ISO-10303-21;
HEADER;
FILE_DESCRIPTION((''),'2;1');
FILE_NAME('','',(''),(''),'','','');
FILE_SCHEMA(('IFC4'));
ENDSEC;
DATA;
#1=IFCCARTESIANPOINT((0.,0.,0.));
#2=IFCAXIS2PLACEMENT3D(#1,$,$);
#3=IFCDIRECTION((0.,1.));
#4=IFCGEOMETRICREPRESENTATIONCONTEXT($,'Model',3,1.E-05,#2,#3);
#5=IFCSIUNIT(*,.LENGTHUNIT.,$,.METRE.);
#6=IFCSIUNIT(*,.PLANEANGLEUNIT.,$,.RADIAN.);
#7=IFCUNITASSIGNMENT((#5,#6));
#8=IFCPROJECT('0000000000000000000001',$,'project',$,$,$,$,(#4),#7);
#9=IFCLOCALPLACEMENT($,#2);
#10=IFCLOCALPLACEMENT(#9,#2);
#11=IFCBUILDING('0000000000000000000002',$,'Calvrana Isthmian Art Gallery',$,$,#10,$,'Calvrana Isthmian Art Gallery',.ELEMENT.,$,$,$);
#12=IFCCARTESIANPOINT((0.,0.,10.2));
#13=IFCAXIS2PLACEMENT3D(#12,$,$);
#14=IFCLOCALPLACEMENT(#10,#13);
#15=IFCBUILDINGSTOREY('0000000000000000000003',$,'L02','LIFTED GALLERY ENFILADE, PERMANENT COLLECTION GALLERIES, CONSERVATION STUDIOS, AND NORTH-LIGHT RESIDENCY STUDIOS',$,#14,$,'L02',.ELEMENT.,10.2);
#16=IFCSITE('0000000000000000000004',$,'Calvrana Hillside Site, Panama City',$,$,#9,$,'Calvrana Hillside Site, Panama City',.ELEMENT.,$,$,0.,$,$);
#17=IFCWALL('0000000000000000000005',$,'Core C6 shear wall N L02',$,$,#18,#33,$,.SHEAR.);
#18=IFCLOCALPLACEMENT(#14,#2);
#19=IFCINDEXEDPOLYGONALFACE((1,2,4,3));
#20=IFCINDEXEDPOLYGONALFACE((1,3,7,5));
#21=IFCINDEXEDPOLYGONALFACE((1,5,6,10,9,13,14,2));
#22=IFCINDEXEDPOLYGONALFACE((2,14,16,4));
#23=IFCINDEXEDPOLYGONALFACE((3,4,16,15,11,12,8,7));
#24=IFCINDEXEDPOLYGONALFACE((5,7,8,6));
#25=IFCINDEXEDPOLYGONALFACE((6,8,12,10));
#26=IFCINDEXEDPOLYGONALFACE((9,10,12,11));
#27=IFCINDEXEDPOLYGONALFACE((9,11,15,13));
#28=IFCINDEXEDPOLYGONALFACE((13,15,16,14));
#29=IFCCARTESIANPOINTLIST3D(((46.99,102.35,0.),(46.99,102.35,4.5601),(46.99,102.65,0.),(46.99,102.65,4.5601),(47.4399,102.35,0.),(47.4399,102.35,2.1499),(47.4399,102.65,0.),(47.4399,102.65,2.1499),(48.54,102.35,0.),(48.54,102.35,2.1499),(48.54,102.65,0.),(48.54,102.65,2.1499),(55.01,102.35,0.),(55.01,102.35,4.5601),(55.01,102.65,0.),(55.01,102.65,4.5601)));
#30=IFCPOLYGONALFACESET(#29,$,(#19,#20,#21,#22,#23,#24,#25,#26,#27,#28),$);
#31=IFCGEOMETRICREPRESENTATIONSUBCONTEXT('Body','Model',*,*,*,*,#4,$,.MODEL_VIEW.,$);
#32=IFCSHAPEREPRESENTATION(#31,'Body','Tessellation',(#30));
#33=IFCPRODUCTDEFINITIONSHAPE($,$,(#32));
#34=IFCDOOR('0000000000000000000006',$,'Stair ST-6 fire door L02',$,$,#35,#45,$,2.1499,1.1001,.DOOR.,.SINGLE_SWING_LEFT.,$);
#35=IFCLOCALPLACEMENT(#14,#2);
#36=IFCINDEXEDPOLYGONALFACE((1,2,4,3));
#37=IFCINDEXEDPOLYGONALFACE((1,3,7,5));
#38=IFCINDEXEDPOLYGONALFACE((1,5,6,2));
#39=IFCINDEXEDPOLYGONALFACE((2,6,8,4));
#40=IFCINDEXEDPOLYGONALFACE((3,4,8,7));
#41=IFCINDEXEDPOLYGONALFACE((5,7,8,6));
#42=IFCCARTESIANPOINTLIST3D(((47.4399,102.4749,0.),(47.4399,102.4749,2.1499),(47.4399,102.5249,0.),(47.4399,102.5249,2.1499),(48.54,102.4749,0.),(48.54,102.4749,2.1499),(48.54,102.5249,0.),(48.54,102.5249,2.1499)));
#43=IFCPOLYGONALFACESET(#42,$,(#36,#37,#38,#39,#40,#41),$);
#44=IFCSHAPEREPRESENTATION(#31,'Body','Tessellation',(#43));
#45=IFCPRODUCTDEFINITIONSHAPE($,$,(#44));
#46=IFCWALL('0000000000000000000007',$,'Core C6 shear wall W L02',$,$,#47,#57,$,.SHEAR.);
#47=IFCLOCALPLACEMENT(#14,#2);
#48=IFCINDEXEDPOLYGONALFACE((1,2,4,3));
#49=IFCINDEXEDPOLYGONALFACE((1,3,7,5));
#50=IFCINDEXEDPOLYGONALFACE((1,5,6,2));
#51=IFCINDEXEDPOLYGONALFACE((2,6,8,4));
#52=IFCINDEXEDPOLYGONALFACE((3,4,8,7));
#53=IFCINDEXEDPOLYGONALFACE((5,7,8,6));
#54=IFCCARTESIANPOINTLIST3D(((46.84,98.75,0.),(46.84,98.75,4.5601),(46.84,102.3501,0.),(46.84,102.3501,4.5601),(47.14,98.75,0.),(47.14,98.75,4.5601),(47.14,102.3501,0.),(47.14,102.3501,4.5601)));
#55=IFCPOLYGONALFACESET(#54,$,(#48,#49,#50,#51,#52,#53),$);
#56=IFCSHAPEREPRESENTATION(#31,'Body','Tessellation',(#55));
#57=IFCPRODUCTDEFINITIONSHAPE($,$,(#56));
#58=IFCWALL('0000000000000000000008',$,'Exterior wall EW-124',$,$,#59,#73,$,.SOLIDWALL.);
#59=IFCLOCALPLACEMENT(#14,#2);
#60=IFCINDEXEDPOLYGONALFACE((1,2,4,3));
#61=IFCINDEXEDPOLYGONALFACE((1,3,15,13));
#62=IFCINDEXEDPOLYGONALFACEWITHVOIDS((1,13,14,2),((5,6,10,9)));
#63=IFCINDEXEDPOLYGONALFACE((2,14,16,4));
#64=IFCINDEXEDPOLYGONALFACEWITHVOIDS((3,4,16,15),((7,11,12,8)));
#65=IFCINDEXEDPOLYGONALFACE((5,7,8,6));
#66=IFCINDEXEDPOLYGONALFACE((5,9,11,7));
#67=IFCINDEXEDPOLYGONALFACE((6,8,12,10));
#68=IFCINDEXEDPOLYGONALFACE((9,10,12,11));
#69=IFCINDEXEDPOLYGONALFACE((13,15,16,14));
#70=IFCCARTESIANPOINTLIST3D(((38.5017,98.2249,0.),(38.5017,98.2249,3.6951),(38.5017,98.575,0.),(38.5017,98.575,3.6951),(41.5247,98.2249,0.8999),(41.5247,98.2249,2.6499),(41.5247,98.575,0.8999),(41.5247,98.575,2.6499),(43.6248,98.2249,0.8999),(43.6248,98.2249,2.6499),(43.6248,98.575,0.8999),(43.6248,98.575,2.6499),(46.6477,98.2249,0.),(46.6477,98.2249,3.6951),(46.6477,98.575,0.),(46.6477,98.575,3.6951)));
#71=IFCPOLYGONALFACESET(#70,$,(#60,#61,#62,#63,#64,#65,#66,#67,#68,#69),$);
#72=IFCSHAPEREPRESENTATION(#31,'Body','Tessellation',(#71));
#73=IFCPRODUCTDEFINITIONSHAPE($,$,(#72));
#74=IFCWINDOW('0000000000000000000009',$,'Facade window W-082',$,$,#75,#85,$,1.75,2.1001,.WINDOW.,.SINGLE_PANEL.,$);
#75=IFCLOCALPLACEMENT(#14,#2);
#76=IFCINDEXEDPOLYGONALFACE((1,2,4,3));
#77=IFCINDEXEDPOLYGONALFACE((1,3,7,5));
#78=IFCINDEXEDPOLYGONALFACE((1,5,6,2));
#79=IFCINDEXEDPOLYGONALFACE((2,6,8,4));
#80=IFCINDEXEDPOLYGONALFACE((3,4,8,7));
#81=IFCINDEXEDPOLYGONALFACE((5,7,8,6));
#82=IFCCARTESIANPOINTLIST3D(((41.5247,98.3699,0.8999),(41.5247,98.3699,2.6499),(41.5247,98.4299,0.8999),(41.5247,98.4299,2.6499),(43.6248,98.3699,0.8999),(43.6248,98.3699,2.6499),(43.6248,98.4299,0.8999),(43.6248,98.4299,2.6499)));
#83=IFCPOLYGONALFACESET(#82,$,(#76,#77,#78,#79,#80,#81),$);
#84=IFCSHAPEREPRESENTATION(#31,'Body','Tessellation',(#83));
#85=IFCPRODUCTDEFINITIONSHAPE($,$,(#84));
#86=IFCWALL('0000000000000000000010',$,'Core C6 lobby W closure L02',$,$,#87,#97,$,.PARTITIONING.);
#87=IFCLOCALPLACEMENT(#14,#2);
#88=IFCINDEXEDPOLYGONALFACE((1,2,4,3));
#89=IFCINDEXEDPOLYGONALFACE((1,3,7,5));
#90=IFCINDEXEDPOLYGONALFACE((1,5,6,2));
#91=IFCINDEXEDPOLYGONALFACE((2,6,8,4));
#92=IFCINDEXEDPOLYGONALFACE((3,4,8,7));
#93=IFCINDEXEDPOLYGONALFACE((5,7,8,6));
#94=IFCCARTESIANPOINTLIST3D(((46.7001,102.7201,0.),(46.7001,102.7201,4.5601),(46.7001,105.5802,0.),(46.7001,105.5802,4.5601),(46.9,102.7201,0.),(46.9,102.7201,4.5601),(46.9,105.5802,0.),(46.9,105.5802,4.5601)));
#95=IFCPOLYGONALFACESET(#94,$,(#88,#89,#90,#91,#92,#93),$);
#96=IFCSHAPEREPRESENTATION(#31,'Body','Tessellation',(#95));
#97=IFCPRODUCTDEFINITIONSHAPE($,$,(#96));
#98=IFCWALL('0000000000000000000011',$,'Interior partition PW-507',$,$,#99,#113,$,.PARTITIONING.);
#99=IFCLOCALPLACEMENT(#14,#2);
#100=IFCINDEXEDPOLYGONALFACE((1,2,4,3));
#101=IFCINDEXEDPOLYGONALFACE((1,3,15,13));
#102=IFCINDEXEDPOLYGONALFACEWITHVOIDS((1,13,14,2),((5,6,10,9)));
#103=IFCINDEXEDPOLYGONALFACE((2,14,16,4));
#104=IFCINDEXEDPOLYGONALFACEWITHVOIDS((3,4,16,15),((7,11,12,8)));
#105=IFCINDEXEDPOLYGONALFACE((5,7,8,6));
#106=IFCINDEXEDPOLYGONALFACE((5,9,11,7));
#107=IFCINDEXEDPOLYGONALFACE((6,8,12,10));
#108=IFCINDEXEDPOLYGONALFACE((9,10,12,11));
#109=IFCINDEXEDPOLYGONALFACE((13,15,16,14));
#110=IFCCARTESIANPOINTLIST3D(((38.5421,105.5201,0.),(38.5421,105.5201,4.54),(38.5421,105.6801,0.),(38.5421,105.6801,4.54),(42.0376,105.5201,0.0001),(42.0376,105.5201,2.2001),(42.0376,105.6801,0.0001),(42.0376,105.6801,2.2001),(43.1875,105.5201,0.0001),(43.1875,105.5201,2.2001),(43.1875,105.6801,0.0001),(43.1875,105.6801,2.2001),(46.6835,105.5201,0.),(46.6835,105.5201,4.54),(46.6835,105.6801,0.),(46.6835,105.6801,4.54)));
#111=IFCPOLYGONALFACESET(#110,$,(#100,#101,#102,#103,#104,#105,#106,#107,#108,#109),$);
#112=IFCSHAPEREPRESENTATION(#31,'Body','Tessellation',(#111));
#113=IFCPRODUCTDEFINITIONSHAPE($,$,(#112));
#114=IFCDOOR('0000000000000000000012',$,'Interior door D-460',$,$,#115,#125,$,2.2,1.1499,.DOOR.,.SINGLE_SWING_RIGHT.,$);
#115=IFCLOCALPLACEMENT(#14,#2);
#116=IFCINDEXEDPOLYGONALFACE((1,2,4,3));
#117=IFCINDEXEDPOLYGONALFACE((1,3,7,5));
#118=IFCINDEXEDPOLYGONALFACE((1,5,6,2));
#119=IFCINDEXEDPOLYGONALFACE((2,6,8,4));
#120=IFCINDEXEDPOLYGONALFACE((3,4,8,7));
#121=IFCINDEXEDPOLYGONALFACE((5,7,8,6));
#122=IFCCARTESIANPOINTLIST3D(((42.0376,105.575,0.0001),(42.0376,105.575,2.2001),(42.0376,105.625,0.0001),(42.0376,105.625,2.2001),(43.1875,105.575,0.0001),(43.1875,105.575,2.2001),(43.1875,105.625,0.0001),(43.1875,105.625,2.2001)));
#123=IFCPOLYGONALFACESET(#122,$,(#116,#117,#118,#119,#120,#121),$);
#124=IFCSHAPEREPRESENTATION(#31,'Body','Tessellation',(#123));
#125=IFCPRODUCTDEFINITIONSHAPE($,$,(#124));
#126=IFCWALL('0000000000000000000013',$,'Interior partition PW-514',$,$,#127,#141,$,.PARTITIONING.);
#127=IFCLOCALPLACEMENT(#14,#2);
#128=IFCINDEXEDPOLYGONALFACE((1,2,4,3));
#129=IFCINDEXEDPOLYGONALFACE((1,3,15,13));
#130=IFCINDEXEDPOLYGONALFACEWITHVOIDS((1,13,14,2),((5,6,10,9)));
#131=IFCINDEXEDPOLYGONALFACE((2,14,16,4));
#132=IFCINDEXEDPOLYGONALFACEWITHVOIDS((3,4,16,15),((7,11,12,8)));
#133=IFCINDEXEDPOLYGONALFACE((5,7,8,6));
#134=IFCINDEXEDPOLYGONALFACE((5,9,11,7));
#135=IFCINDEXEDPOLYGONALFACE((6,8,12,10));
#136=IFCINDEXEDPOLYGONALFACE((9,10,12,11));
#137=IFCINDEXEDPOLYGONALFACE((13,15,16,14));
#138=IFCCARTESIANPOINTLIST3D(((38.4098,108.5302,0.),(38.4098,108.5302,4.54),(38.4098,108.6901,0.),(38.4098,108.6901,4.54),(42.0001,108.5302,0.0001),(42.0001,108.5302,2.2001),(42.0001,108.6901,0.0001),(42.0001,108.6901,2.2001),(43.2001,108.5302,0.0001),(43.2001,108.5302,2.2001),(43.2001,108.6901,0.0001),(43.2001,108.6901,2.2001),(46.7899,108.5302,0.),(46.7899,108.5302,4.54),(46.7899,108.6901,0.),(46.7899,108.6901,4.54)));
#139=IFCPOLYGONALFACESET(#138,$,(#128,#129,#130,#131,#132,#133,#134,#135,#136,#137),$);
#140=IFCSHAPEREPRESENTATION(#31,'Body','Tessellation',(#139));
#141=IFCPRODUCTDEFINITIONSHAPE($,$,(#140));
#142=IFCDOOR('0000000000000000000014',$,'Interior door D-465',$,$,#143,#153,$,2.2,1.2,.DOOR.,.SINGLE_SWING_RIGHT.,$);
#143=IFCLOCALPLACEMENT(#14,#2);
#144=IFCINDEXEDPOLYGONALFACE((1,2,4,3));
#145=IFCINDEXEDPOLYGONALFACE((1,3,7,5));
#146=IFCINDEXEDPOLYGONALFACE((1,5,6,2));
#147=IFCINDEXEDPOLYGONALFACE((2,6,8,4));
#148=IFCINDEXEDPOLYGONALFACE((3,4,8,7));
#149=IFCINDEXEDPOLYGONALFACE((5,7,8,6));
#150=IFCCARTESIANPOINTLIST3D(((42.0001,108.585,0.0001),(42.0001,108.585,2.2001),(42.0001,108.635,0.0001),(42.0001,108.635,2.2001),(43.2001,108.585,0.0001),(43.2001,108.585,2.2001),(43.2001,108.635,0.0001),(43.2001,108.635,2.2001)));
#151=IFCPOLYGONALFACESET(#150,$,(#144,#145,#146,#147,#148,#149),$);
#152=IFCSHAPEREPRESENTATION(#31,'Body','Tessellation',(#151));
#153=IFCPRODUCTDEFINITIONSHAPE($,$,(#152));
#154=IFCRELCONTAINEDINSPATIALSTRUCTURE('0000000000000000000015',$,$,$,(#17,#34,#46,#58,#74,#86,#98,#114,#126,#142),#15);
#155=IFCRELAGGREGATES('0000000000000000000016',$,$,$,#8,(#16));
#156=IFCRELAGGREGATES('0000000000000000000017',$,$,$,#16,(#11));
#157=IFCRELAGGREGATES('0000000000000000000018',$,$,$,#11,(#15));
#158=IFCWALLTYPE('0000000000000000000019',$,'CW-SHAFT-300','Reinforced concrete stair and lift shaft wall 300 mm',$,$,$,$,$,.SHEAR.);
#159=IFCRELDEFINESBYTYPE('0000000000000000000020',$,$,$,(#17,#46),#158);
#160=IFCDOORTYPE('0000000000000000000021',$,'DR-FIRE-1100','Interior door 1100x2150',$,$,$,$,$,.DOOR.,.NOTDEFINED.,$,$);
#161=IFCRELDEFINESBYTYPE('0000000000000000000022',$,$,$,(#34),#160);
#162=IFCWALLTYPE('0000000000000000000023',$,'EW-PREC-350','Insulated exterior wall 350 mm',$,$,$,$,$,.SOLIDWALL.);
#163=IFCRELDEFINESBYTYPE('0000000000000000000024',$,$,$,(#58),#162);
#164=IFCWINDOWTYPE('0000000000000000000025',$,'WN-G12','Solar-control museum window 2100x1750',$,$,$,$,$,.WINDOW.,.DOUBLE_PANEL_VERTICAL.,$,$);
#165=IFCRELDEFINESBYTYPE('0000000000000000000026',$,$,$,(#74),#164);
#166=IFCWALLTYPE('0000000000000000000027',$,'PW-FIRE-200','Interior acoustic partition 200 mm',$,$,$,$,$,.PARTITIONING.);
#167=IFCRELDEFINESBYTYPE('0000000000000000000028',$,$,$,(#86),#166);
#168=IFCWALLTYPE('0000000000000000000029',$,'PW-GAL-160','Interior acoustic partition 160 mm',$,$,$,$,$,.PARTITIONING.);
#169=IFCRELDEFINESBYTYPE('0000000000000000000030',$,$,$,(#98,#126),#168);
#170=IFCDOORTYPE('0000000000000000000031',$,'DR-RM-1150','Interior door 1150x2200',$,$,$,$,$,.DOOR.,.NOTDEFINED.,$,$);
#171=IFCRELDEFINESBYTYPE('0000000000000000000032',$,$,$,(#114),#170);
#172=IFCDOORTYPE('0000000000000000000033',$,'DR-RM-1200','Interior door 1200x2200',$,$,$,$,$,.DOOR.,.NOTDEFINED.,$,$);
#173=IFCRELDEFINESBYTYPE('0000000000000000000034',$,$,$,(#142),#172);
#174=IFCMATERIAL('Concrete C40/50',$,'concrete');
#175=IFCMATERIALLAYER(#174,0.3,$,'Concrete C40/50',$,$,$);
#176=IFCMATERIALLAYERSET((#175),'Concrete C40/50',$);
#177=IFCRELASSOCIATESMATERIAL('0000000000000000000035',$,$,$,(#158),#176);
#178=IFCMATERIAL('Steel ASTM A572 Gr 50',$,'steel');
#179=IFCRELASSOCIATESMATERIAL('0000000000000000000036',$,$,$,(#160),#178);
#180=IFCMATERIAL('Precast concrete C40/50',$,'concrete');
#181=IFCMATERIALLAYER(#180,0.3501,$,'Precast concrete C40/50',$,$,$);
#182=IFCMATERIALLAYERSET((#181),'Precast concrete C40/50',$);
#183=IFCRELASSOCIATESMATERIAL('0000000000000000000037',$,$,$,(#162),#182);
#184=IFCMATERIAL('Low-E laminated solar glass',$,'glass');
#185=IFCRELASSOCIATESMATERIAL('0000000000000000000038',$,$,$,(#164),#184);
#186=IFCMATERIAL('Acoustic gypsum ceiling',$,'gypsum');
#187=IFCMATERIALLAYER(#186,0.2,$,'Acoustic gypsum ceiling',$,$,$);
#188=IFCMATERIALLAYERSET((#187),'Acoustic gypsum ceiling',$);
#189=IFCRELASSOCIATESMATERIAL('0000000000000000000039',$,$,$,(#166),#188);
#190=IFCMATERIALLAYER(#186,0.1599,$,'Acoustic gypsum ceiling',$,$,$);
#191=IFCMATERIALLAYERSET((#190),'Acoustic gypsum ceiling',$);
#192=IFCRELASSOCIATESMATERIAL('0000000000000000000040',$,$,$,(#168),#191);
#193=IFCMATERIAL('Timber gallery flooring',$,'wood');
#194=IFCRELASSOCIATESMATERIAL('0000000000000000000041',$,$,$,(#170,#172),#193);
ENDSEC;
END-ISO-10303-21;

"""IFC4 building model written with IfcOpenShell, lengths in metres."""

from ifc_helpers import new_model, si_unit, direction, frame, frame_2d, origin, place, context, subcontext, project, spatial, rectangle, extrude, material, layer, layer_set, type_object, element, fill, save


model = new_model("IFC4")

# Units and contexts
model_context = context("Model", 3, precision=1e-05, world=origin(), true_north=direction((0.0, 1.0)))
body_context = subcontext(model_context, "Body", "Model", "MODEL_VIEW")
ifc_project = project(units=[si_unit("LENGTHUNIT", "METRE"), si_unit("PLANEANGLEUNIT", "RADIAN")], contexts=[model_context])

# Site, building, storey
site_placement = place(None, origin())
site = spatial("IfcSite", under=ifc_project, at=site_placement, Name="Calvrana Hillside Site, Panama City", LongName="Calvrana Hillside Site, Panama City", CompositionType="ELEMENT", RefElevation=0.0)
building_placement = place(site_placement, origin())
building = spatial("IfcBuilding", under=site, at=building_placement, Name="Calvrana Isthmian Art Gallery", LongName="Calvrana Isthmian Art Gallery", CompositionType="ELEMENT")
storey_placement = place(building_placement, frame((0.0, 0.0, 10.2)))
storey = spatial("IfcBuildingStorey", under=building, at=storey_placement, Name="L02", Description="LIFTED GALLERY ENFILADE, PERMANENT COLLECTION GALLERIES, CONSERVATION STUDIOS, AND NORTH-LIGHT RESIDENCY STUDIOS", LongName="L02", CompositionType="ELEMENT", Elevation=10.2)

# Shared definitions
ifc_material_1 = material(Name="Steel ASTM A572 Gr 50", Category="steel")

# Shared definitions
ifc_material_2 = material(Name="Concrete C40/50", Category="concrete")
ifc_layer_1 = layer(ifc_material_2, 0.3, Name="Concrete C40/50")
ifc_layer_set_1 = layer_set([ifc_layer_1], Name="Concrete C40/50")
wall_type_1 = type_object("IfcWallType", Name="CW-SHAFT-300", Description="Reinforced concrete stair and lift shaft wall 300 mm", PredefinedType="SHEAR", material=ifc_layer_set_1)

# Wall, opening, door
wall_1_placement = place(storey_placement, frame((46.99, 102.5, 0.0), z_axis=(0.0, 0.0, 1.0), x_axis=(1.0, 0.0, 0.0)))
wall_1 = element("IfcWall", 1, at=wall_1_placement, inside=storey, type_object=wall_type_1, Name="Core C6 shear wall N L02", PredefinedType="SHEAR", context=body_context, shape_type="SweptSolid", body=[
    extrude(rectangle(XDim=8.02, YDim=0.3, at=frame_2d((4.01, 0.0))), origin(), (0.0, 0.0, 1.0), 4.5601),
])
opening_1_placement = place(wall_1_placement, frame((0.45, 0.0, 0.0)))
opening_1 = element("IfcOpeningElement", 2, at=opening_1_placement, cuts=wall_1, PredefinedType="OPENING", context=body_context, shape_type="SweptSolid", body=[
    extrude(rectangle(XDim=1.1001, YDim=2.1499, at=frame_2d((0.55, 1.075))), frame((0.0, 0.1602, 0.0), z_axis=(0.0, -1.0, 0.0), x_axis=(1.0, 0.0, 0.0)), (0.0, 0.0, 1.0), 0.3206),
])
door_type_1 = type_object("IfcDoorType", Name="DR-FIRE-1100", Description="Interior door 1100x2150", OperationType="NOTDEFINED", PredefinedType="DOOR", material=ifc_material_1)
door_1_placement = place(opening_1_placement, origin())
door_1 = element("IfcDoor", 3, at=door_1_placement, inside=storey, type_object=door_type_1, Name="Stair ST-6 fire door L02", OperationType="SINGLE_SWING_LEFT", OverallHeight=2.1499, OverallWidth=1.1001, PredefinedType="DOOR", context=body_context, shape_type="SweptSolid", body=[
    extrude(rectangle(XDim=1.1001, YDim=2.1499, at=frame_2d((0.55, 1.075))), frame((0.0, 0.0249, 0.0), z_axis=(0.0, -1.0, 0.0), x_axis=(1.0, 0.0, 0.0)), (0.0, 0.0, 1.0), 0.05),
])
fill(opening_1, door_1)

# Wall
wall_2_placement = place(storey_placement, frame((46.99, 98.75, 0.0), z_axis=(0.0, 0.0, 1.0), x_axis=(0.0, 1.0, 0.0)))
element("IfcWall", 4, at=wall_2_placement, inside=storey, type_object=wall_type_1, Name="Core C6 shear wall W L02", PredefinedType="SHEAR", context=body_context, shape_type="SweptSolid", body=[
    extrude(rectangle(XDim=3.6001, YDim=0.3, at=frame_2d((1.8, 0.0))), origin(), (0.0, 0.0, 1.0), 4.5601),
])

# Wall, opening, window
ifc_material_3 = material(Name="Precast concrete C40/50", Category="concrete")
ifc_layer_2 = layer(ifc_material_3, 0.3501, Name="Precast concrete C40/50")
ifc_layer_set_2 = layer_set([ifc_layer_2], Name="Precast concrete C40/50")
wall_type_2 = type_object("IfcWallType", Name="EW-PREC-350", Description="Insulated exterior wall 350 mm", PredefinedType="SOLIDWALL", material=ifc_layer_set_2)
wall_3_placement = place(storey_placement, frame((46.6477, 98.3999, 0.0), z_axis=(0.0, 0.0, 1.0), x_axis=(-1.0, 0.0, 0.0)))
wall_3 = element("IfcWall", 5, at=wall_3_placement, inside=storey, type_object=wall_type_2, Name="Exterior wall EW-124", PredefinedType="SOLIDWALL", context=body_context, shape_type="SweptSolid", body=[
    extrude(rectangle(XDim=8.146, YDim=0.3501, at=frame_2d((4.073, 0.0))), origin(), (0.0, 0.0, 1.0), 3.6951),
])
opening_2_placement = place(wall_3_placement, frame((3.0229, 0.0, 0.8999)))
opening_2 = element("IfcOpeningElement", 6, at=opening_2_placement, cuts=wall_3, PredefinedType="OPENING", context=body_context, shape_type="SweptSolid", body=[
    extrude(rectangle(XDim=2.1001, YDim=1.75, at=frame_2d((1.05, 0.875))), frame((0.0, 0.1853, 0.0), z_axis=(0.0, -1.0, 0.0), x_axis=(1.0, 0.0, 0.0)), (0.0, 0.0, 1.0), 0.3706),
])
ifc_material_4 = material(Name="Low-E laminated solar glass", Category="glass")
window_type = type_object("IfcWindowType", Name="WN-G12", Description="Solar-control museum window 2100x1750", PartitioningType="DOUBLE_PANEL_VERTICAL", PredefinedType="WINDOW", material=ifc_material_4)
window_placement = place(opening_2_placement, origin())
window = element("IfcWindow", 7, at=window_placement, inside=storey, type_object=window_type, Name="Facade window W-082", OverallHeight=1.75, OverallWidth=2.1001, PartitioningType="SINGLE_PANEL", PredefinedType="WINDOW", context=body_context, shape_type="SweptSolid", body=[
    extrude(rectangle(XDim=2.1001, YDim=1.75, at=frame_2d((1.05, 0.875))), frame((0.0, 0.03, 0.0), z_axis=(0.0, -1.0, 0.0), x_axis=(1.0, 0.0, 0.0)), (0.0, 0.0, 1.0), 0.0601),
])
fill(opening_2, window)

# Wall
ifc_material_5 = material(Name="Acoustic gypsum ceiling", Category="gypsum")
ifc_layer_3 = layer(ifc_material_5, 0.2, Name="Acoustic gypsum ceiling")
ifc_layer_set_3 = layer_set([ifc_layer_3], Name="Acoustic gypsum ceiling")
wall_type_3 = type_object("IfcWallType", Name="PW-FIRE-200", Description="Interior acoustic partition 200 mm", PredefinedType="PARTITIONING", material=ifc_layer_set_3)
wall_4_placement = place(storey_placement, frame((46.8, 102.72, 0.0), z_axis=(0.0, 0.0, 1.0), x_axis=(0.0, 1.0, 0.0)))
element("IfcWall", 8, at=wall_4_placement, inside=storey, type_object=wall_type_3, Name="Core C6 lobby W closure L02", PredefinedType="PARTITIONING", context=body_context, shape_type="SweptSolid", body=[
    extrude(rectangle(XDim=2.8601, YDim=0.2, at=frame_2d((1.4302, 0.0))), origin(), (0.0, 0.0, 1.0), 4.5601),
])

# Walls, openings, doors
ifc_layer_4 = layer(ifc_material_5, 0.1599, Name="Acoustic gypsum ceiling")
ifc_layer_set_4 = layer_set([ifc_layer_4], Name="Acoustic gypsum ceiling")
wall_type_4 = type_object("IfcWallType", Name="PW-GAL-160", Description="Interior acoustic partition 160 mm", PredefinedType="PARTITIONING", material=ifc_layer_set_4)
wall_5_placement = place(storey_placement, frame((38.542, 105.6001, 0.0), z_axis=(0.0, 0.0, 1.0), x_axis=(1.0, 0.0, 0.0)))
wall_5 = element("IfcWall", 9, at=wall_5_placement, inside=storey, type_object=wall_type_4, Name="Interior partition PW-507", PredefinedType="PARTITIONING", context=body_context, shape_type="SweptSolid", body=[
    extrude(rectangle(XDim=8.1414, YDim=0.1599, at=frame_2d((4.0708, 0.0))), origin(), (0.0, 0.0, 1.0), 4.54),
])
opening_3_placement = place(wall_5_placement, frame((3.4956, 0.0, 0.0)))
opening_3 = element("IfcOpeningElement", 10, at=opening_3_placement, cuts=wall_5, PredefinedType="OPENING", context=body_context, shape_type="SweptSolid", body=[
    extrude(rectangle(XDim=1.1499, YDim=2.2, at=frame_2d((0.575, 1.1001))), frame((0.0, 0.0903, 0.0), z_axis=(0.0, -1.0, 0.0), x_axis=(1.0, 0.0, 0.0)), (0.0, 0.0, 1.0), 0.1804),
])
ifc_material_6 = material(Name="Timber gallery flooring", Category="wood")
door_type_2 = type_object("IfcDoorType", Name="DR-RM-1150", Description="Interior door 1150x2200", OperationType="NOTDEFINED", PredefinedType="DOOR", material=ifc_material_6)
door_2_placement = place(opening_3_placement, origin())
door_2 = element("IfcDoor", 11, at=door_2_placement, inside=storey, type_object=door_type_2, Name="Interior door D-460", OperationType="SINGLE_SWING_RIGHT", OverallHeight=2.2, OverallWidth=1.1499, PredefinedType="DOOR", context=body_context, shape_type="SweptSolid", body=[
    extrude(rectangle(XDim=1.1499, YDim=2.2, at=frame_2d((0.575, 1.1001))), frame((0.0, 0.0249, 0.0), z_axis=(0.0, -1.0, 0.0), x_axis=(1.0, 0.0, 0.0)), (0.0, 0.0, 1.0), 0.05),
])
fill(opening_3, door_2)
wall_6_placement = place(storey_placement, frame((38.4099, 108.6101, 0.0), z_axis=(0.0, 0.0, 1.0), x_axis=(1.0, 0.0, 0.0)))
wall_6 = element("IfcWall", 12, at=wall_6_placement, inside=storey, type_object=wall_type_4, Name="Interior partition PW-514", PredefinedType="PARTITIONING", context=body_context, shape_type="SweptSolid", body=[
    extrude(rectangle(XDim=8.3801, YDim=0.1599, at=frame_2d((4.1899, 0.0))), origin(), (0.0, 0.0, 1.0), 4.54),
])
opening_4_placement = place(wall_6_placement, frame((3.5901, 0.0, 0.0)))
opening_4 = element("IfcOpeningElement", 13, at=opening_4_placement, cuts=wall_6, PredefinedType="OPENING", context=body_context, shape_type="SweptSolid", body=[
    extrude(rectangle(XDim=1.2, YDim=2.2, at=frame_2d((0.6001, 1.1001))), frame((0.0, 0.0903, 0.0), z_axis=(0.0, -1.0, 0.0), x_axis=(1.0, 0.0, 0.0)), (0.0, 0.0, 1.0), 0.1804),
])
door_type_3 = type_object("IfcDoorType", Name="DR-RM-1200", Description="Interior door 1200x2200", OperationType="NOTDEFINED", PredefinedType="DOOR", material=ifc_material_6)
door_3_placement = place(opening_4_placement, origin())
door_3 = element("IfcDoor", 14, at=door_3_placement, inside=storey, type_object=door_type_3, Name="Interior door D-465", OperationType="SINGLE_SWING_RIGHT", OverallHeight=2.2, OverallWidth=1.2, PredefinedType="DOOR", context=body_context, shape_type="SweptSolid", body=[
    extrude(rectangle(XDim=1.2, YDim=2.2, at=frame_2d((0.6001, 1.1001))), frame((0.0, 0.0249, 0.0), z_axis=(0.0, -1.0, 0.0), x_axis=(1.0, 0.0, 0.0)), (0.0, 0.0, 1.0), 0.05),
])
fill(opening_4, door_3)

save(model, "model.ifc")
